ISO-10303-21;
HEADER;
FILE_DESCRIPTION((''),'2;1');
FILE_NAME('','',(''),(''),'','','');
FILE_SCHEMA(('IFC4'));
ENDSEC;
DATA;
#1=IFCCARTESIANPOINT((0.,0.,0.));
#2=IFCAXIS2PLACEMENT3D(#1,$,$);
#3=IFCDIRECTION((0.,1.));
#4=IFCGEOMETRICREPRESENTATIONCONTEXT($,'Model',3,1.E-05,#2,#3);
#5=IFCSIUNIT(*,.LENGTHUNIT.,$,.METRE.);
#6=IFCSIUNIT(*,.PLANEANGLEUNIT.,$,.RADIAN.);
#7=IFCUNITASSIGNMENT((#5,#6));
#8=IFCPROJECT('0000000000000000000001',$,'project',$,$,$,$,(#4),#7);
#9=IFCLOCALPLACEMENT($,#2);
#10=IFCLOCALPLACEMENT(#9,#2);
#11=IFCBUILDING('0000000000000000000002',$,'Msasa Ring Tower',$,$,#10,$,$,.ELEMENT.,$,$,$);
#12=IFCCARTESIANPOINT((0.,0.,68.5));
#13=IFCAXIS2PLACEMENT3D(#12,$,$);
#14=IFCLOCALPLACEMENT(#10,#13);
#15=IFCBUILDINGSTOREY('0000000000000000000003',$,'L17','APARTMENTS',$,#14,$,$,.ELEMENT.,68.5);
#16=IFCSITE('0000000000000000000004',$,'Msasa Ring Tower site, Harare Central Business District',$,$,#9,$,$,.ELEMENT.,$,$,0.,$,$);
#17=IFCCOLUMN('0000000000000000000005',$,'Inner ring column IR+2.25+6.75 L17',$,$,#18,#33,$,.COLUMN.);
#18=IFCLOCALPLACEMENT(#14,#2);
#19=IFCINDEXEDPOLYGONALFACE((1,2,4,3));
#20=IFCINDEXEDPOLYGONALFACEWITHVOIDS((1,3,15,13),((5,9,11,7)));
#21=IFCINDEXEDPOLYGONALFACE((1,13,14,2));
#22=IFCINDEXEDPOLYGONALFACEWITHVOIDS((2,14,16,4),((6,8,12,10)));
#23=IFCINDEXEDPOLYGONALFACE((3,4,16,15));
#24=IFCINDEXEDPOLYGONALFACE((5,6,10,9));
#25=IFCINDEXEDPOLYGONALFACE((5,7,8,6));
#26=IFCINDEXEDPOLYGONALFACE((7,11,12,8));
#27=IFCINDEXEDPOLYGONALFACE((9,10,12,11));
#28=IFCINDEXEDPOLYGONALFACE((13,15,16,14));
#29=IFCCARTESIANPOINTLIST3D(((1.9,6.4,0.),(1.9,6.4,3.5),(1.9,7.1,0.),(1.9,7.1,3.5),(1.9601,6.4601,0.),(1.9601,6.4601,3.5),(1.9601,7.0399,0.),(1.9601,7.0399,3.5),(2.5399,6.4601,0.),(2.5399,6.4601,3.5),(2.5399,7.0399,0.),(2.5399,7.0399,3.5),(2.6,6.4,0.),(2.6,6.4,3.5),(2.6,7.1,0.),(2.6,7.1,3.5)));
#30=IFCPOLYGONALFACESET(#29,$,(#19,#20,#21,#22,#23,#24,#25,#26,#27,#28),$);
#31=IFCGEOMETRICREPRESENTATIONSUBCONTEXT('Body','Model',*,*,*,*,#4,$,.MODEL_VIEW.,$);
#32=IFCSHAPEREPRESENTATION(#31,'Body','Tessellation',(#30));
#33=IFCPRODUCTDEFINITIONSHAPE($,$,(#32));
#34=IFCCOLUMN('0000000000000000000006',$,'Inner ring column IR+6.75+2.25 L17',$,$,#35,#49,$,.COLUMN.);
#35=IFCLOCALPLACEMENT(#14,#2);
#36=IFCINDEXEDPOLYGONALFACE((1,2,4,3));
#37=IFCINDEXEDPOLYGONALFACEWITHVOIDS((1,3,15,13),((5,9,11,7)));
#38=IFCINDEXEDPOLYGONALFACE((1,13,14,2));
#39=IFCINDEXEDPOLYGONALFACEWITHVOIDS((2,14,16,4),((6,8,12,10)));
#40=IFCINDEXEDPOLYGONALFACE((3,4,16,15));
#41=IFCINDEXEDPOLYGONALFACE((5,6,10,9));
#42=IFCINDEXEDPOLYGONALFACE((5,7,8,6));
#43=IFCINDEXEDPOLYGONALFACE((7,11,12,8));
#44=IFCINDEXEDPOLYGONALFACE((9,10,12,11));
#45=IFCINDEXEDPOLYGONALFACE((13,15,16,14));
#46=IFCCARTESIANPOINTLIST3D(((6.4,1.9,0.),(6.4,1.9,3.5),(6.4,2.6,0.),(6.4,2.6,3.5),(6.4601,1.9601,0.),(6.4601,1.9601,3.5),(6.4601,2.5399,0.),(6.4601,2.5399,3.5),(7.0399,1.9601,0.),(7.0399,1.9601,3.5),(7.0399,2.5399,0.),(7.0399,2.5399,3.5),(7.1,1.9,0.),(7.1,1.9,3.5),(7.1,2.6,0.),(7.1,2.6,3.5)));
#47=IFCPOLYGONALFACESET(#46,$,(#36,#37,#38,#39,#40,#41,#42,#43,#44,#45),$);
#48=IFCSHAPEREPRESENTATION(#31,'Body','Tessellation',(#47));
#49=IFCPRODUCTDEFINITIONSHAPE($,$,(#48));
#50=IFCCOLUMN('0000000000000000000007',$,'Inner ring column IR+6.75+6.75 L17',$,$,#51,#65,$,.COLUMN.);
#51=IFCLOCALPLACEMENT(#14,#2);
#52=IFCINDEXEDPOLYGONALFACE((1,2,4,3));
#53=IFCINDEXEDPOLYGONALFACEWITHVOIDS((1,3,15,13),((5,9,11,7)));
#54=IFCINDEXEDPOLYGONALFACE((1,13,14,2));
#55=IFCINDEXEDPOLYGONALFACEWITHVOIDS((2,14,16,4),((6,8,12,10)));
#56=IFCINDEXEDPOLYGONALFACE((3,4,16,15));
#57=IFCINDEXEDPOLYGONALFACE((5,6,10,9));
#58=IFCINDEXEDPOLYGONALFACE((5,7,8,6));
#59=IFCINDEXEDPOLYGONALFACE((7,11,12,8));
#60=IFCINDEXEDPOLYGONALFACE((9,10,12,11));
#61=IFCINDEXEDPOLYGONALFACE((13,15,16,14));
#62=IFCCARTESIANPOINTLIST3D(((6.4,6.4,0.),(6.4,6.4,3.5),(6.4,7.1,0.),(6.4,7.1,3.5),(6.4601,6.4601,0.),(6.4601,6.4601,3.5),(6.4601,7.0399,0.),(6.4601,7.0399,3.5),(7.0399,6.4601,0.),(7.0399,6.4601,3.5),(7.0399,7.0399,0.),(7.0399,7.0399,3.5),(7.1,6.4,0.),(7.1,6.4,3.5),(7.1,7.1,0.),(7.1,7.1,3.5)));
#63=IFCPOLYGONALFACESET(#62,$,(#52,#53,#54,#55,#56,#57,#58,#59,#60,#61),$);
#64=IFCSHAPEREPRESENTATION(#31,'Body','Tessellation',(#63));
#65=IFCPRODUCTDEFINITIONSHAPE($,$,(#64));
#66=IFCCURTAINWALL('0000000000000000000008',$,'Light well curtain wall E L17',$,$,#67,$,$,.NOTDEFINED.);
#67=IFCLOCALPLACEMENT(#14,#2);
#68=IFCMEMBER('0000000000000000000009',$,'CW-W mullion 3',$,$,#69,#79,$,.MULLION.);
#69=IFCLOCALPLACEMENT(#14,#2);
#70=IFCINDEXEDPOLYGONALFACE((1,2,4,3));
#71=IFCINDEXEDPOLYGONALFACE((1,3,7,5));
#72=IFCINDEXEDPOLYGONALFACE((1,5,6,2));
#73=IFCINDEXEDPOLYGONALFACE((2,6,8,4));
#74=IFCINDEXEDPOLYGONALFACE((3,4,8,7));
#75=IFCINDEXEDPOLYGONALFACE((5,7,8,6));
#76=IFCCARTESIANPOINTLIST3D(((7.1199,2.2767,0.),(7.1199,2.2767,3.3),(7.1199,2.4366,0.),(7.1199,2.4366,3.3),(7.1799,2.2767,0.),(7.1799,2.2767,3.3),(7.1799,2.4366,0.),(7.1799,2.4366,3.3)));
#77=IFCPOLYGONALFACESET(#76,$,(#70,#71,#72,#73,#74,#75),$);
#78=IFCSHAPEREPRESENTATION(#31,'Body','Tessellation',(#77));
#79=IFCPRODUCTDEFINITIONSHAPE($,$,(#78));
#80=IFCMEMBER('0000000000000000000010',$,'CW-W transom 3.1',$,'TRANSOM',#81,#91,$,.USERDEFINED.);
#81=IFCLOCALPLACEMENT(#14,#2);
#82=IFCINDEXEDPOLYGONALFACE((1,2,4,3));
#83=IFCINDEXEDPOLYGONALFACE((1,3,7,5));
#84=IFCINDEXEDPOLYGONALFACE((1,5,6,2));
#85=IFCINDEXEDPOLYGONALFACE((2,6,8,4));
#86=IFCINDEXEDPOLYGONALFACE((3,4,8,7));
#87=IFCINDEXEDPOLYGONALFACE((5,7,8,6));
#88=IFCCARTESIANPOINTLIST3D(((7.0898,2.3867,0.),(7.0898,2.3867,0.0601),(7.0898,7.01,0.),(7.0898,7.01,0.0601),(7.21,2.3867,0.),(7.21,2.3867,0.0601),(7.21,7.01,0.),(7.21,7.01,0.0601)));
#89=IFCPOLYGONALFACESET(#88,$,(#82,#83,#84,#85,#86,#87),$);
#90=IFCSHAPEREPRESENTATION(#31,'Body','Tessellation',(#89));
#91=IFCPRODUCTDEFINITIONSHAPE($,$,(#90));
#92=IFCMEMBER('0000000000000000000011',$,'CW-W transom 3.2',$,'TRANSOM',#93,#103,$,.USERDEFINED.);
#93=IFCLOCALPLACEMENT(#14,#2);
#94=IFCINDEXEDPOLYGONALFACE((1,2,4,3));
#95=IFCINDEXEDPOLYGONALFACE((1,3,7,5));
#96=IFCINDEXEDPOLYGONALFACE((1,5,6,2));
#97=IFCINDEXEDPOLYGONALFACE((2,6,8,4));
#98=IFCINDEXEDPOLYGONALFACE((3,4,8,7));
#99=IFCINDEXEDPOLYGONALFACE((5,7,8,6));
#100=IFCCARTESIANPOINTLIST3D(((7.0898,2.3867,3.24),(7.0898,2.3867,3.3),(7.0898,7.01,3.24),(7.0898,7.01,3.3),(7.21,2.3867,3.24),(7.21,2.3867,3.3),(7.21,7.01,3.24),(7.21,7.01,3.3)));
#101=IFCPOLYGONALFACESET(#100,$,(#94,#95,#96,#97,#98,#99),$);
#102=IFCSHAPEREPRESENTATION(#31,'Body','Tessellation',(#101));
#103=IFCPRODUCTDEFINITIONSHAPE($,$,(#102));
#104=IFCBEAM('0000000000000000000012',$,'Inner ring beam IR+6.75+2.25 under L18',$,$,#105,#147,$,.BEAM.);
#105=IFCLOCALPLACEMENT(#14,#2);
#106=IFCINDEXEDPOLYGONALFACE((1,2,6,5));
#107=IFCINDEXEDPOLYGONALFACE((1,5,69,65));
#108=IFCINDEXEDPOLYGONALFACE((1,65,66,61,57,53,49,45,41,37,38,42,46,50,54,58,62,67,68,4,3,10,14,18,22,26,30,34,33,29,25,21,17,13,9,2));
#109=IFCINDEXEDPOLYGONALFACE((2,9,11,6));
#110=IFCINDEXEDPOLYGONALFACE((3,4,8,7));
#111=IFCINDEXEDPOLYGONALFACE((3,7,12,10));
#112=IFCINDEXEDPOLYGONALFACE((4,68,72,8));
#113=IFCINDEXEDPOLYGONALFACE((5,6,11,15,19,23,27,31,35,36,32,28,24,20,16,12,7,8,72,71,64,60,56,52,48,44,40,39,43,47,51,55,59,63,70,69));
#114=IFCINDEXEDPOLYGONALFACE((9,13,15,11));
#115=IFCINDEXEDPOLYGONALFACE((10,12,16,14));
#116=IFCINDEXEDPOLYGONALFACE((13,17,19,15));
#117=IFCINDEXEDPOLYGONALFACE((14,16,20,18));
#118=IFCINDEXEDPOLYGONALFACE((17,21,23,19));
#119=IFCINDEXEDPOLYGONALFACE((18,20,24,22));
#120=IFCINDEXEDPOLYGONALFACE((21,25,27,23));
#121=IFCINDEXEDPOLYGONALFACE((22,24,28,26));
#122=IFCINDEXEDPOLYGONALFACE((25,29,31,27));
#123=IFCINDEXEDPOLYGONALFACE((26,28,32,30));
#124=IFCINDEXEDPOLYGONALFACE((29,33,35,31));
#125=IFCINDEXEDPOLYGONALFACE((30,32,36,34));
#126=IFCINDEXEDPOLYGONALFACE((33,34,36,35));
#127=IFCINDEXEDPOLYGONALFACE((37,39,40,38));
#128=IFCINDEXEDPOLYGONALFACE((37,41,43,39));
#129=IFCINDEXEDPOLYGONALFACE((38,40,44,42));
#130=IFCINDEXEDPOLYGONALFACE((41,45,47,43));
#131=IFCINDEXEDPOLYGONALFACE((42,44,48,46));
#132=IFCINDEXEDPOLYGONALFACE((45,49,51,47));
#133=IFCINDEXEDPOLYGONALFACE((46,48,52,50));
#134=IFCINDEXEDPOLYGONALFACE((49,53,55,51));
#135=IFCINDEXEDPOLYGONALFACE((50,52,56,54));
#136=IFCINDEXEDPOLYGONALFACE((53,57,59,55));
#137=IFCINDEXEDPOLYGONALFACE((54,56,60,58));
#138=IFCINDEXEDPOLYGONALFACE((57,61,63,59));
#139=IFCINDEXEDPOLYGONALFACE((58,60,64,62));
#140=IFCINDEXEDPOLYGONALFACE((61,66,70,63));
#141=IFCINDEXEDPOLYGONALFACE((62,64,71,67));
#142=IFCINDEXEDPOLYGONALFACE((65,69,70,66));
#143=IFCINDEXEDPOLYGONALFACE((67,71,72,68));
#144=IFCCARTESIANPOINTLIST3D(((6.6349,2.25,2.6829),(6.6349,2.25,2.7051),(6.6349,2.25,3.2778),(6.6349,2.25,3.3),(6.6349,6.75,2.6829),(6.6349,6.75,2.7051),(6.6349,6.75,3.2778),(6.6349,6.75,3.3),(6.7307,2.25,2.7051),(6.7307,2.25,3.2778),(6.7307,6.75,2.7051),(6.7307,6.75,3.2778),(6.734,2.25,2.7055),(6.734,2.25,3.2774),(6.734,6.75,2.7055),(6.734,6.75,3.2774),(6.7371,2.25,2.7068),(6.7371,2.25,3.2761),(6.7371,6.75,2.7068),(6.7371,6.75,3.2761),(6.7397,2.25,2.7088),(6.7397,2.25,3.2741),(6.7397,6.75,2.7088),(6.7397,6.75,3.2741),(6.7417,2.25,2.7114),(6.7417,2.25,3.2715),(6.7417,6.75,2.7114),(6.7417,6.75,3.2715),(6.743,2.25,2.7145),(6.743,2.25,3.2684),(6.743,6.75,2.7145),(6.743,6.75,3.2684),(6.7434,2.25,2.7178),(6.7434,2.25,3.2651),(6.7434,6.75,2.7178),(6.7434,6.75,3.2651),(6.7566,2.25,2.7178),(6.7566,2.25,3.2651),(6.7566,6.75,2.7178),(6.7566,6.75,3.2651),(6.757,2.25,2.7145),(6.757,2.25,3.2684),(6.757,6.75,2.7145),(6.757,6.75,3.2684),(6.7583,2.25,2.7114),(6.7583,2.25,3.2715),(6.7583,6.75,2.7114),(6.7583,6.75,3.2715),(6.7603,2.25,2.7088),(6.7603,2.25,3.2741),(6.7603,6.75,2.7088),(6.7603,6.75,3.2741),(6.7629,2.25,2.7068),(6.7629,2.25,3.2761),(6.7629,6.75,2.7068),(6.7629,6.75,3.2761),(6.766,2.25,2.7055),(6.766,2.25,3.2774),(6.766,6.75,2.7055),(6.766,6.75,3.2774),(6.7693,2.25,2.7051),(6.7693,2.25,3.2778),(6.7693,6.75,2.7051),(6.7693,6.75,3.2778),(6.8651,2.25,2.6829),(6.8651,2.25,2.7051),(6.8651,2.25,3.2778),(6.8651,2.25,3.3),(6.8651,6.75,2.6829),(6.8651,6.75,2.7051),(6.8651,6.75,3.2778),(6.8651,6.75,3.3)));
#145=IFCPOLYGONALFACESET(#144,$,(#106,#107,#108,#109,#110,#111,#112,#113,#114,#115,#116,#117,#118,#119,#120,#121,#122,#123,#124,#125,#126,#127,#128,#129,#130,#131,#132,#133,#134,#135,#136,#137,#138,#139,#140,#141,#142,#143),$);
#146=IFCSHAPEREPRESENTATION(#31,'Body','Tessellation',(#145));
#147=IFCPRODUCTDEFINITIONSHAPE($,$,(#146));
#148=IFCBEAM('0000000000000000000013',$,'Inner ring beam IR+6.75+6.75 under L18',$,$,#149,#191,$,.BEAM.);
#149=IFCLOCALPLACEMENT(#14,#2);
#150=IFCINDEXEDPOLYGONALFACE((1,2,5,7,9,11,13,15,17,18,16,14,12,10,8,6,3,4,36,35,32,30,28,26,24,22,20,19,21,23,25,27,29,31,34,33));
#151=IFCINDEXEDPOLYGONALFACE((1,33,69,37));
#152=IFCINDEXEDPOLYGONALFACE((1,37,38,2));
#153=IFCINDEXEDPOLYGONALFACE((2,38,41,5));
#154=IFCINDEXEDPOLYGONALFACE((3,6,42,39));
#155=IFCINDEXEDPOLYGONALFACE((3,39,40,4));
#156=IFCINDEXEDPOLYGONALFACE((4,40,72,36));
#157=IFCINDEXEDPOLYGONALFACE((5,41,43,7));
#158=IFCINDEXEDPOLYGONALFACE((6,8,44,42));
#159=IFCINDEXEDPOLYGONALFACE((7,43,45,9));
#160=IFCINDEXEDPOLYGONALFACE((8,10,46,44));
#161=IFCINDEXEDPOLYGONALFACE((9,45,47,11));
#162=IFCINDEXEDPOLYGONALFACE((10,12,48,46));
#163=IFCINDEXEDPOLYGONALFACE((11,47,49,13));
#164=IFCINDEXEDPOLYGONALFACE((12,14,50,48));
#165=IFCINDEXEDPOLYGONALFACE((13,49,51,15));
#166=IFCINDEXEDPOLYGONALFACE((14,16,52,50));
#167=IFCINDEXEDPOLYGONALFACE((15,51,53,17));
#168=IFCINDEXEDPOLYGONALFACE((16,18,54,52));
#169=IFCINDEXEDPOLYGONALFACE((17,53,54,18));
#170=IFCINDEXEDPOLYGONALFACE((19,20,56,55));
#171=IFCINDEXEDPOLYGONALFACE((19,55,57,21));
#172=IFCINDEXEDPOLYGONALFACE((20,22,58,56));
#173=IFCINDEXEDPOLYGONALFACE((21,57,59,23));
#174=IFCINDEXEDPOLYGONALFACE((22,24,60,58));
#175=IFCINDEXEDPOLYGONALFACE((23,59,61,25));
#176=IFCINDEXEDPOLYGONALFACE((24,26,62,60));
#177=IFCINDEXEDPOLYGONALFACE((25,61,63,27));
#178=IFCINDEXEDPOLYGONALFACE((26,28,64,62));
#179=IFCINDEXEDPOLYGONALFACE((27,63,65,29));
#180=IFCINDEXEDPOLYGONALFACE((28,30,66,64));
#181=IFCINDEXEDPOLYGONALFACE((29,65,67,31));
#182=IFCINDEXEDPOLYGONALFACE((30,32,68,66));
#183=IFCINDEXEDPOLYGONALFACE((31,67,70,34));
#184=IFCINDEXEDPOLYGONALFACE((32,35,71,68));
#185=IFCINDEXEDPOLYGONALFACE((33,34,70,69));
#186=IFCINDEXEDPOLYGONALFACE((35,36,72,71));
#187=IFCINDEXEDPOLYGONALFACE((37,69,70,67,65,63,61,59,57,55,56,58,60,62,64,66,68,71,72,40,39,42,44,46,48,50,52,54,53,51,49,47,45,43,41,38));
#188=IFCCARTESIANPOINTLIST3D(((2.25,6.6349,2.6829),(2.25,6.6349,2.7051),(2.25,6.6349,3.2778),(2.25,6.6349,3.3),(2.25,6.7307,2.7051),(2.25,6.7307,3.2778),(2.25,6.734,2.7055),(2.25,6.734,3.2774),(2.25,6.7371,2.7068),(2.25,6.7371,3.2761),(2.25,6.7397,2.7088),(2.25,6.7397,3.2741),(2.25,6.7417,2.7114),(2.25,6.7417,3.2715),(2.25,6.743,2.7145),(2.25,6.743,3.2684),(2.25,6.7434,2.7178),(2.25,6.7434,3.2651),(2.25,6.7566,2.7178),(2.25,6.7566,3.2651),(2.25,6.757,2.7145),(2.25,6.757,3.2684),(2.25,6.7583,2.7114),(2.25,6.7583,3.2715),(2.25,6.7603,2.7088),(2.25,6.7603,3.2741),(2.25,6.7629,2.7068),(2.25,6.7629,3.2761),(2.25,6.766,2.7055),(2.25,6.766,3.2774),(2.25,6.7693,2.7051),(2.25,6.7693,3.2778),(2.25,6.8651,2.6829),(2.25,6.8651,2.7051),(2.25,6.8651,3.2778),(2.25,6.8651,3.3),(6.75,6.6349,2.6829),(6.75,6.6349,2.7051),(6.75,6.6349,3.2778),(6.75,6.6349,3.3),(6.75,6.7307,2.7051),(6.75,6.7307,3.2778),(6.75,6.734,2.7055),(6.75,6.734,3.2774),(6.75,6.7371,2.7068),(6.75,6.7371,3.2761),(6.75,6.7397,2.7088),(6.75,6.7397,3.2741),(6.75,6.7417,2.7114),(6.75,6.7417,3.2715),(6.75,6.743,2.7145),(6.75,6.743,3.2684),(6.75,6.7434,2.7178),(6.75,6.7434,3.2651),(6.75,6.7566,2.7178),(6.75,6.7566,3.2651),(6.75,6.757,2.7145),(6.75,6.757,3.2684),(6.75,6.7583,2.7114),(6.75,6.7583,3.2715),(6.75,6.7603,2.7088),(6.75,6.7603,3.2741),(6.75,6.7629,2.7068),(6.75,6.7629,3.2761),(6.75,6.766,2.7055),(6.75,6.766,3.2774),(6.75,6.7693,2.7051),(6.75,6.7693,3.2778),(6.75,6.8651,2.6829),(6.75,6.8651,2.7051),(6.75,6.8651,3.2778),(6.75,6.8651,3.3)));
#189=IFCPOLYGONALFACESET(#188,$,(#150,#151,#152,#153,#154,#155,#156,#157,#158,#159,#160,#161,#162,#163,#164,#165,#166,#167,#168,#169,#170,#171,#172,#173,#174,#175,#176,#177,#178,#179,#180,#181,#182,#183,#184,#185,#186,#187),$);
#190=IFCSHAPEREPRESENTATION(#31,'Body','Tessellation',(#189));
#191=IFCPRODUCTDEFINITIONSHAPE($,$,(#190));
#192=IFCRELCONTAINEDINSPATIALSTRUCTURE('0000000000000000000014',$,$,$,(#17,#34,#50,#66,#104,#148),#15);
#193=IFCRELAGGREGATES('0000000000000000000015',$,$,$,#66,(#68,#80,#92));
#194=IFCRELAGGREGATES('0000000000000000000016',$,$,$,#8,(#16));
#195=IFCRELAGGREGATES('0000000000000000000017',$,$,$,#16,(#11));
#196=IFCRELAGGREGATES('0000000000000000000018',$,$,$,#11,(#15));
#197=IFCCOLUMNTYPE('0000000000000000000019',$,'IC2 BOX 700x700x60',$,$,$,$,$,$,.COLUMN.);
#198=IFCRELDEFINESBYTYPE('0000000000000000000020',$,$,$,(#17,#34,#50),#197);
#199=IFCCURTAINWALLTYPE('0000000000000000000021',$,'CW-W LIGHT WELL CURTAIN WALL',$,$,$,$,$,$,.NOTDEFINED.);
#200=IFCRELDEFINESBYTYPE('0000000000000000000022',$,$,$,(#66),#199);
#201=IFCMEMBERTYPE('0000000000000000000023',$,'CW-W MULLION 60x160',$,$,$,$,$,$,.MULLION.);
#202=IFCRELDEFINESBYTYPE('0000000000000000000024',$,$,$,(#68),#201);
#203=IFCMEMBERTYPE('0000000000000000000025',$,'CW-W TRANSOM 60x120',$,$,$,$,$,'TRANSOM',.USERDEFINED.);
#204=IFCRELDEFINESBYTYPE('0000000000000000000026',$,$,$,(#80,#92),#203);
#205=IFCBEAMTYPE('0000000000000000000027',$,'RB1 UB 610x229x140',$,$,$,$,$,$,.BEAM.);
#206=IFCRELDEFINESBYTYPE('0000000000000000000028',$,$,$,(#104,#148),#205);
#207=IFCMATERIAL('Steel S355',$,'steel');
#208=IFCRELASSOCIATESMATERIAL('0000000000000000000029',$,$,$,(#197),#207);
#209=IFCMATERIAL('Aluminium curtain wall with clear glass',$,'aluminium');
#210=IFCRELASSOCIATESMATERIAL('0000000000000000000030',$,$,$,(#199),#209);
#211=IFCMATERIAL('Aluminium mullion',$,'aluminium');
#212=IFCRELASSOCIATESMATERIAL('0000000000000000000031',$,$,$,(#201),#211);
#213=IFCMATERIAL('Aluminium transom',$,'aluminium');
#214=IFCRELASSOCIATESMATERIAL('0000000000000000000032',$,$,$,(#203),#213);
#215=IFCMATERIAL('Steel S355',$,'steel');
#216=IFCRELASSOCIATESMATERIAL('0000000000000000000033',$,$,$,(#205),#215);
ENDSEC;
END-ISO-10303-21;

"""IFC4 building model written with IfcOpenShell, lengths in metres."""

from ifc_helpers import new_model, si_unit, direction, frame, origin, origin_2d, place, context, subcontext, project, spatial, rectangle, hollow_rectangle, i_section, extrude, material, material_profile, profile_set, type_object, element, aggregate, save


model = new_model("IFC4")

# Units and contexts
model_context = context("Model", 3, precision=1e-05, world=origin(), true_north=direction((0.0, 1.0)))
body_context = subcontext(model_context, "Body", "Model", "MODEL_VIEW")
ifc_project = project(units=[si_unit("LENGTHUNIT", "METRE"), si_unit("PLANEANGLEUNIT", "RADIAN")], contexts=[model_context])

# Site, building, storey
site_placement = place(None, origin())
site = spatial("IfcSite", under=ifc_project, at=site_placement, Name="Msasa Ring Tower site, Harare Central Business District", CompositionType="ELEMENT", RefElevation=0.0)
building_placement = place(site_placement, origin())
building = spatial("IfcBuilding", under=site, at=building_placement, Name="Msasa Ring Tower", CompositionType="ELEMENT")
storey_placement = place(building_placement, frame((0.0, 0.0, 68.5)))
storey = spatial("IfcBuildingStorey", under=building, at=storey_placement, Name="L17", Description="APARTMENTS", CompositionType="ELEMENT", Elevation=68.5)

# Columns
ifc_material_1 = material(Name="Steel S355", Category="steel")
ifc_material_profile_1 = material_profile(ifc_material_1, hollow_rectangle(XDim=0.7, YDim=0.7, WallThickness=0.0601, at=origin_2d()), Name="BOX 700x700x60")
ifc_profile_set_1 = profile_set([ifc_material_profile_1], Name="Steel S355")
column_type = type_object("IfcColumnType", Name="IC2 BOX 700x700x60", PredefinedType="COLUMN", material=ifc_profile_set_1)
for number, where, z_axis, x_axis, name in (
    (1, (2.25, 6.75, 0.0), (0.0, 0.0, 1.0), (1.0, 0.0, 0.0), "Inner ring column IR+2.25+6.75 L17"),
    (2, (6.75, 2.25, 0.0), (0.0, 0.0, 1.0), (1.0, 0.0, 0.0), "Inner ring column IR+6.75+2.25 L17"),
    (3, (6.75, 6.75, 0.0), (0.0, 0.0, 1.0), (1.0, 0.0, 0.0), "Inner ring column IR+6.75+6.75 L17"),
):
    element("IfcColumn", number, at=place(storey_placement, frame(where, z_axis=z_axis, x_axis=x_axis)), inside=storey, type_object=column_type, Name=name, PredefinedType="COLUMN", context=body_context, shape_type="SweptSolid", body=[
        extrude(hollow_rectangle(XDim=0.7, YDim=0.7, WallThickness=0.0601, at=origin_2d()), origin(), (0.0, 0.0, 1.0), 3.5),
    ])

# Curtain wall, members
ifc_material_2 = material(Name="Aluminium curtain wall with clear glass", Category="aluminium")
curtain_wall_type = type_object("IfcCurtainWallType", Name="CW-W LIGHT WELL CURTAIN WALL", PredefinedType="NOTDEFINED", material=ifc_material_2)
curtain_wall_placement = place(storey_placement, origin())
curtain_wall = element("IfcCurtainWall", 4, at=curtain_wall_placement, inside=storey, type_object=curtain_wall_type, Name="Light well curtain wall E L17", PredefinedType="NOTDEFINED")
ifc_material_3 = material(Name="Aluminium mullion", Category="aluminium")
ifc_material_profile_2 = material_profile(ifc_material_3, rectangle(XDim=0.0601, YDim=0.1599, at=origin_2d()), Name="AL 60x160")
ifc_profile_set_2 = profile_set([ifc_material_profile_2], Name="Aluminium mullion")
member_type_1 = type_object("IfcMemberType", Name="CW-W MULLION 60x160", PredefinedType="MULLION", material=ifc_profile_set_2)
member_1_placement = place(storey_placement, frame((7.1499, 2.3567, 0.0), z_axis=(0.0, 0.0, 1.0), x_axis=(-1.0, 0.0, 0.0)))
member_1 = element("IfcMember", 5, at=member_1_placement, type_object=member_type_1, Name="CW-W mullion 3", PredefinedType="MULLION", context=body_context, shape_type="SweptSolid", body=[
    extrude(rectangle(XDim=0.0601, YDim=0.1599, at=origin_2d()), origin(), (0.0, 0.0, 1.0), 3.3),
])
ifc_material_4 = material(Name="Aluminium transom", Category="aluminium")
ifc_material_profile_3 = material_profile(ifc_material_4, rectangle(XDim=0.1201, YDim=0.0601, at=origin_2d()), Name="AL 60x120")
ifc_profile_set_3 = profile_set([ifc_material_profile_3], Name="Aluminium transom")
member_type_2 = type_object("IfcMemberType", Name="CW-W TRANSOM 60x120", ElementType="TRANSOM", PredefinedType="USERDEFINED", material=ifc_profile_set_3)
member_2_placement = place(storey_placement, frame((7.1499, 2.3867, 0.03), z_axis=(0.0, 1.0, 0.0), x_axis=(-1.0, 0.0, 0.0)))
member_2 = element("IfcMember", 6, at=member_2_placement, type_object=member_type_2, Name="CW-W transom 3.1", ObjectType="TRANSOM", PredefinedType="USERDEFINED", context=body_context, shape_type="SweptSolid", body=[
    extrude(rectangle(XDim=0.1201, YDim=0.0601, at=origin_2d()), origin(), (0.0, 0.0, 1.0), 4.6233),
])
member_3_placement = place(storey_placement, frame((7.1499, 2.3867, 3.27), z_axis=(0.0, 1.0, 0.0), x_axis=(-1.0, 0.0, 0.0)))
member_3 = element("IfcMember", 7, at=member_3_placement, type_object=member_type_2, Name="CW-W transom 3.2", ObjectType="TRANSOM", PredefinedType="USERDEFINED", context=body_context, shape_type="SweptSolid", body=[
    extrude(rectangle(XDim=0.1201, YDim=0.0601, at=origin_2d()), origin(), (0.0, 0.0, 1.0), 4.6233),
])

# Beams
ifc_material_5 = material(Name="Steel S355", Category="steel")
ifc_material_profile_4 = material_profile(ifc_material_5, i_section(OverallWidth=0.2302, OverallDepth=0.6172, WebThickness=0.0132, FlangeThickness=0.0222, FilletRadius=0.0127, at=origin_2d()), Name="UB 610x229x140")
ifc_profile_set_4 = profile_set([ifc_material_profile_4], Name="Steel S355")
beam_type = type_object("IfcBeamType", Name="RB1 UB 610x229x140", PredefinedType="BEAM", material=ifc_profile_set_4)
for number, where, z_axis, x_axis, name in (
    (8, (6.75, 2.25, 2.9915), (0.0, 1.0, 0.0), (-1.0, 0.0, 0.0), "Inner ring beam IR+6.75+2.25 under L18"),
    (9, (6.75, 6.75, 2.9915), (-1.0, 0.0, 0.0), (0.0, -1.0, 0.0), "Inner ring beam IR+6.75+6.75 under L18"),
):
    element("IfcBeam", number, at=place(storey_placement, frame(where, z_axis=z_axis, x_axis=x_axis)), inside=storey, type_object=beam_type, Name=name, PredefinedType="BEAM", context=body_context, shape_type="SweptSolid", body=[
        extrude(i_section(OverallWidth=0.2302, OverallDepth=0.6172, WebThickness=0.0132, FlangeThickness=0.0222, FilletRadius=0.0127, at=origin_2d()), origin(), (0.0, 0.0, 1.0), 4.5),
    ])

aggregate(curtain_wall, [member_1, member_2, member_3])

save(model, "model.ifc")
